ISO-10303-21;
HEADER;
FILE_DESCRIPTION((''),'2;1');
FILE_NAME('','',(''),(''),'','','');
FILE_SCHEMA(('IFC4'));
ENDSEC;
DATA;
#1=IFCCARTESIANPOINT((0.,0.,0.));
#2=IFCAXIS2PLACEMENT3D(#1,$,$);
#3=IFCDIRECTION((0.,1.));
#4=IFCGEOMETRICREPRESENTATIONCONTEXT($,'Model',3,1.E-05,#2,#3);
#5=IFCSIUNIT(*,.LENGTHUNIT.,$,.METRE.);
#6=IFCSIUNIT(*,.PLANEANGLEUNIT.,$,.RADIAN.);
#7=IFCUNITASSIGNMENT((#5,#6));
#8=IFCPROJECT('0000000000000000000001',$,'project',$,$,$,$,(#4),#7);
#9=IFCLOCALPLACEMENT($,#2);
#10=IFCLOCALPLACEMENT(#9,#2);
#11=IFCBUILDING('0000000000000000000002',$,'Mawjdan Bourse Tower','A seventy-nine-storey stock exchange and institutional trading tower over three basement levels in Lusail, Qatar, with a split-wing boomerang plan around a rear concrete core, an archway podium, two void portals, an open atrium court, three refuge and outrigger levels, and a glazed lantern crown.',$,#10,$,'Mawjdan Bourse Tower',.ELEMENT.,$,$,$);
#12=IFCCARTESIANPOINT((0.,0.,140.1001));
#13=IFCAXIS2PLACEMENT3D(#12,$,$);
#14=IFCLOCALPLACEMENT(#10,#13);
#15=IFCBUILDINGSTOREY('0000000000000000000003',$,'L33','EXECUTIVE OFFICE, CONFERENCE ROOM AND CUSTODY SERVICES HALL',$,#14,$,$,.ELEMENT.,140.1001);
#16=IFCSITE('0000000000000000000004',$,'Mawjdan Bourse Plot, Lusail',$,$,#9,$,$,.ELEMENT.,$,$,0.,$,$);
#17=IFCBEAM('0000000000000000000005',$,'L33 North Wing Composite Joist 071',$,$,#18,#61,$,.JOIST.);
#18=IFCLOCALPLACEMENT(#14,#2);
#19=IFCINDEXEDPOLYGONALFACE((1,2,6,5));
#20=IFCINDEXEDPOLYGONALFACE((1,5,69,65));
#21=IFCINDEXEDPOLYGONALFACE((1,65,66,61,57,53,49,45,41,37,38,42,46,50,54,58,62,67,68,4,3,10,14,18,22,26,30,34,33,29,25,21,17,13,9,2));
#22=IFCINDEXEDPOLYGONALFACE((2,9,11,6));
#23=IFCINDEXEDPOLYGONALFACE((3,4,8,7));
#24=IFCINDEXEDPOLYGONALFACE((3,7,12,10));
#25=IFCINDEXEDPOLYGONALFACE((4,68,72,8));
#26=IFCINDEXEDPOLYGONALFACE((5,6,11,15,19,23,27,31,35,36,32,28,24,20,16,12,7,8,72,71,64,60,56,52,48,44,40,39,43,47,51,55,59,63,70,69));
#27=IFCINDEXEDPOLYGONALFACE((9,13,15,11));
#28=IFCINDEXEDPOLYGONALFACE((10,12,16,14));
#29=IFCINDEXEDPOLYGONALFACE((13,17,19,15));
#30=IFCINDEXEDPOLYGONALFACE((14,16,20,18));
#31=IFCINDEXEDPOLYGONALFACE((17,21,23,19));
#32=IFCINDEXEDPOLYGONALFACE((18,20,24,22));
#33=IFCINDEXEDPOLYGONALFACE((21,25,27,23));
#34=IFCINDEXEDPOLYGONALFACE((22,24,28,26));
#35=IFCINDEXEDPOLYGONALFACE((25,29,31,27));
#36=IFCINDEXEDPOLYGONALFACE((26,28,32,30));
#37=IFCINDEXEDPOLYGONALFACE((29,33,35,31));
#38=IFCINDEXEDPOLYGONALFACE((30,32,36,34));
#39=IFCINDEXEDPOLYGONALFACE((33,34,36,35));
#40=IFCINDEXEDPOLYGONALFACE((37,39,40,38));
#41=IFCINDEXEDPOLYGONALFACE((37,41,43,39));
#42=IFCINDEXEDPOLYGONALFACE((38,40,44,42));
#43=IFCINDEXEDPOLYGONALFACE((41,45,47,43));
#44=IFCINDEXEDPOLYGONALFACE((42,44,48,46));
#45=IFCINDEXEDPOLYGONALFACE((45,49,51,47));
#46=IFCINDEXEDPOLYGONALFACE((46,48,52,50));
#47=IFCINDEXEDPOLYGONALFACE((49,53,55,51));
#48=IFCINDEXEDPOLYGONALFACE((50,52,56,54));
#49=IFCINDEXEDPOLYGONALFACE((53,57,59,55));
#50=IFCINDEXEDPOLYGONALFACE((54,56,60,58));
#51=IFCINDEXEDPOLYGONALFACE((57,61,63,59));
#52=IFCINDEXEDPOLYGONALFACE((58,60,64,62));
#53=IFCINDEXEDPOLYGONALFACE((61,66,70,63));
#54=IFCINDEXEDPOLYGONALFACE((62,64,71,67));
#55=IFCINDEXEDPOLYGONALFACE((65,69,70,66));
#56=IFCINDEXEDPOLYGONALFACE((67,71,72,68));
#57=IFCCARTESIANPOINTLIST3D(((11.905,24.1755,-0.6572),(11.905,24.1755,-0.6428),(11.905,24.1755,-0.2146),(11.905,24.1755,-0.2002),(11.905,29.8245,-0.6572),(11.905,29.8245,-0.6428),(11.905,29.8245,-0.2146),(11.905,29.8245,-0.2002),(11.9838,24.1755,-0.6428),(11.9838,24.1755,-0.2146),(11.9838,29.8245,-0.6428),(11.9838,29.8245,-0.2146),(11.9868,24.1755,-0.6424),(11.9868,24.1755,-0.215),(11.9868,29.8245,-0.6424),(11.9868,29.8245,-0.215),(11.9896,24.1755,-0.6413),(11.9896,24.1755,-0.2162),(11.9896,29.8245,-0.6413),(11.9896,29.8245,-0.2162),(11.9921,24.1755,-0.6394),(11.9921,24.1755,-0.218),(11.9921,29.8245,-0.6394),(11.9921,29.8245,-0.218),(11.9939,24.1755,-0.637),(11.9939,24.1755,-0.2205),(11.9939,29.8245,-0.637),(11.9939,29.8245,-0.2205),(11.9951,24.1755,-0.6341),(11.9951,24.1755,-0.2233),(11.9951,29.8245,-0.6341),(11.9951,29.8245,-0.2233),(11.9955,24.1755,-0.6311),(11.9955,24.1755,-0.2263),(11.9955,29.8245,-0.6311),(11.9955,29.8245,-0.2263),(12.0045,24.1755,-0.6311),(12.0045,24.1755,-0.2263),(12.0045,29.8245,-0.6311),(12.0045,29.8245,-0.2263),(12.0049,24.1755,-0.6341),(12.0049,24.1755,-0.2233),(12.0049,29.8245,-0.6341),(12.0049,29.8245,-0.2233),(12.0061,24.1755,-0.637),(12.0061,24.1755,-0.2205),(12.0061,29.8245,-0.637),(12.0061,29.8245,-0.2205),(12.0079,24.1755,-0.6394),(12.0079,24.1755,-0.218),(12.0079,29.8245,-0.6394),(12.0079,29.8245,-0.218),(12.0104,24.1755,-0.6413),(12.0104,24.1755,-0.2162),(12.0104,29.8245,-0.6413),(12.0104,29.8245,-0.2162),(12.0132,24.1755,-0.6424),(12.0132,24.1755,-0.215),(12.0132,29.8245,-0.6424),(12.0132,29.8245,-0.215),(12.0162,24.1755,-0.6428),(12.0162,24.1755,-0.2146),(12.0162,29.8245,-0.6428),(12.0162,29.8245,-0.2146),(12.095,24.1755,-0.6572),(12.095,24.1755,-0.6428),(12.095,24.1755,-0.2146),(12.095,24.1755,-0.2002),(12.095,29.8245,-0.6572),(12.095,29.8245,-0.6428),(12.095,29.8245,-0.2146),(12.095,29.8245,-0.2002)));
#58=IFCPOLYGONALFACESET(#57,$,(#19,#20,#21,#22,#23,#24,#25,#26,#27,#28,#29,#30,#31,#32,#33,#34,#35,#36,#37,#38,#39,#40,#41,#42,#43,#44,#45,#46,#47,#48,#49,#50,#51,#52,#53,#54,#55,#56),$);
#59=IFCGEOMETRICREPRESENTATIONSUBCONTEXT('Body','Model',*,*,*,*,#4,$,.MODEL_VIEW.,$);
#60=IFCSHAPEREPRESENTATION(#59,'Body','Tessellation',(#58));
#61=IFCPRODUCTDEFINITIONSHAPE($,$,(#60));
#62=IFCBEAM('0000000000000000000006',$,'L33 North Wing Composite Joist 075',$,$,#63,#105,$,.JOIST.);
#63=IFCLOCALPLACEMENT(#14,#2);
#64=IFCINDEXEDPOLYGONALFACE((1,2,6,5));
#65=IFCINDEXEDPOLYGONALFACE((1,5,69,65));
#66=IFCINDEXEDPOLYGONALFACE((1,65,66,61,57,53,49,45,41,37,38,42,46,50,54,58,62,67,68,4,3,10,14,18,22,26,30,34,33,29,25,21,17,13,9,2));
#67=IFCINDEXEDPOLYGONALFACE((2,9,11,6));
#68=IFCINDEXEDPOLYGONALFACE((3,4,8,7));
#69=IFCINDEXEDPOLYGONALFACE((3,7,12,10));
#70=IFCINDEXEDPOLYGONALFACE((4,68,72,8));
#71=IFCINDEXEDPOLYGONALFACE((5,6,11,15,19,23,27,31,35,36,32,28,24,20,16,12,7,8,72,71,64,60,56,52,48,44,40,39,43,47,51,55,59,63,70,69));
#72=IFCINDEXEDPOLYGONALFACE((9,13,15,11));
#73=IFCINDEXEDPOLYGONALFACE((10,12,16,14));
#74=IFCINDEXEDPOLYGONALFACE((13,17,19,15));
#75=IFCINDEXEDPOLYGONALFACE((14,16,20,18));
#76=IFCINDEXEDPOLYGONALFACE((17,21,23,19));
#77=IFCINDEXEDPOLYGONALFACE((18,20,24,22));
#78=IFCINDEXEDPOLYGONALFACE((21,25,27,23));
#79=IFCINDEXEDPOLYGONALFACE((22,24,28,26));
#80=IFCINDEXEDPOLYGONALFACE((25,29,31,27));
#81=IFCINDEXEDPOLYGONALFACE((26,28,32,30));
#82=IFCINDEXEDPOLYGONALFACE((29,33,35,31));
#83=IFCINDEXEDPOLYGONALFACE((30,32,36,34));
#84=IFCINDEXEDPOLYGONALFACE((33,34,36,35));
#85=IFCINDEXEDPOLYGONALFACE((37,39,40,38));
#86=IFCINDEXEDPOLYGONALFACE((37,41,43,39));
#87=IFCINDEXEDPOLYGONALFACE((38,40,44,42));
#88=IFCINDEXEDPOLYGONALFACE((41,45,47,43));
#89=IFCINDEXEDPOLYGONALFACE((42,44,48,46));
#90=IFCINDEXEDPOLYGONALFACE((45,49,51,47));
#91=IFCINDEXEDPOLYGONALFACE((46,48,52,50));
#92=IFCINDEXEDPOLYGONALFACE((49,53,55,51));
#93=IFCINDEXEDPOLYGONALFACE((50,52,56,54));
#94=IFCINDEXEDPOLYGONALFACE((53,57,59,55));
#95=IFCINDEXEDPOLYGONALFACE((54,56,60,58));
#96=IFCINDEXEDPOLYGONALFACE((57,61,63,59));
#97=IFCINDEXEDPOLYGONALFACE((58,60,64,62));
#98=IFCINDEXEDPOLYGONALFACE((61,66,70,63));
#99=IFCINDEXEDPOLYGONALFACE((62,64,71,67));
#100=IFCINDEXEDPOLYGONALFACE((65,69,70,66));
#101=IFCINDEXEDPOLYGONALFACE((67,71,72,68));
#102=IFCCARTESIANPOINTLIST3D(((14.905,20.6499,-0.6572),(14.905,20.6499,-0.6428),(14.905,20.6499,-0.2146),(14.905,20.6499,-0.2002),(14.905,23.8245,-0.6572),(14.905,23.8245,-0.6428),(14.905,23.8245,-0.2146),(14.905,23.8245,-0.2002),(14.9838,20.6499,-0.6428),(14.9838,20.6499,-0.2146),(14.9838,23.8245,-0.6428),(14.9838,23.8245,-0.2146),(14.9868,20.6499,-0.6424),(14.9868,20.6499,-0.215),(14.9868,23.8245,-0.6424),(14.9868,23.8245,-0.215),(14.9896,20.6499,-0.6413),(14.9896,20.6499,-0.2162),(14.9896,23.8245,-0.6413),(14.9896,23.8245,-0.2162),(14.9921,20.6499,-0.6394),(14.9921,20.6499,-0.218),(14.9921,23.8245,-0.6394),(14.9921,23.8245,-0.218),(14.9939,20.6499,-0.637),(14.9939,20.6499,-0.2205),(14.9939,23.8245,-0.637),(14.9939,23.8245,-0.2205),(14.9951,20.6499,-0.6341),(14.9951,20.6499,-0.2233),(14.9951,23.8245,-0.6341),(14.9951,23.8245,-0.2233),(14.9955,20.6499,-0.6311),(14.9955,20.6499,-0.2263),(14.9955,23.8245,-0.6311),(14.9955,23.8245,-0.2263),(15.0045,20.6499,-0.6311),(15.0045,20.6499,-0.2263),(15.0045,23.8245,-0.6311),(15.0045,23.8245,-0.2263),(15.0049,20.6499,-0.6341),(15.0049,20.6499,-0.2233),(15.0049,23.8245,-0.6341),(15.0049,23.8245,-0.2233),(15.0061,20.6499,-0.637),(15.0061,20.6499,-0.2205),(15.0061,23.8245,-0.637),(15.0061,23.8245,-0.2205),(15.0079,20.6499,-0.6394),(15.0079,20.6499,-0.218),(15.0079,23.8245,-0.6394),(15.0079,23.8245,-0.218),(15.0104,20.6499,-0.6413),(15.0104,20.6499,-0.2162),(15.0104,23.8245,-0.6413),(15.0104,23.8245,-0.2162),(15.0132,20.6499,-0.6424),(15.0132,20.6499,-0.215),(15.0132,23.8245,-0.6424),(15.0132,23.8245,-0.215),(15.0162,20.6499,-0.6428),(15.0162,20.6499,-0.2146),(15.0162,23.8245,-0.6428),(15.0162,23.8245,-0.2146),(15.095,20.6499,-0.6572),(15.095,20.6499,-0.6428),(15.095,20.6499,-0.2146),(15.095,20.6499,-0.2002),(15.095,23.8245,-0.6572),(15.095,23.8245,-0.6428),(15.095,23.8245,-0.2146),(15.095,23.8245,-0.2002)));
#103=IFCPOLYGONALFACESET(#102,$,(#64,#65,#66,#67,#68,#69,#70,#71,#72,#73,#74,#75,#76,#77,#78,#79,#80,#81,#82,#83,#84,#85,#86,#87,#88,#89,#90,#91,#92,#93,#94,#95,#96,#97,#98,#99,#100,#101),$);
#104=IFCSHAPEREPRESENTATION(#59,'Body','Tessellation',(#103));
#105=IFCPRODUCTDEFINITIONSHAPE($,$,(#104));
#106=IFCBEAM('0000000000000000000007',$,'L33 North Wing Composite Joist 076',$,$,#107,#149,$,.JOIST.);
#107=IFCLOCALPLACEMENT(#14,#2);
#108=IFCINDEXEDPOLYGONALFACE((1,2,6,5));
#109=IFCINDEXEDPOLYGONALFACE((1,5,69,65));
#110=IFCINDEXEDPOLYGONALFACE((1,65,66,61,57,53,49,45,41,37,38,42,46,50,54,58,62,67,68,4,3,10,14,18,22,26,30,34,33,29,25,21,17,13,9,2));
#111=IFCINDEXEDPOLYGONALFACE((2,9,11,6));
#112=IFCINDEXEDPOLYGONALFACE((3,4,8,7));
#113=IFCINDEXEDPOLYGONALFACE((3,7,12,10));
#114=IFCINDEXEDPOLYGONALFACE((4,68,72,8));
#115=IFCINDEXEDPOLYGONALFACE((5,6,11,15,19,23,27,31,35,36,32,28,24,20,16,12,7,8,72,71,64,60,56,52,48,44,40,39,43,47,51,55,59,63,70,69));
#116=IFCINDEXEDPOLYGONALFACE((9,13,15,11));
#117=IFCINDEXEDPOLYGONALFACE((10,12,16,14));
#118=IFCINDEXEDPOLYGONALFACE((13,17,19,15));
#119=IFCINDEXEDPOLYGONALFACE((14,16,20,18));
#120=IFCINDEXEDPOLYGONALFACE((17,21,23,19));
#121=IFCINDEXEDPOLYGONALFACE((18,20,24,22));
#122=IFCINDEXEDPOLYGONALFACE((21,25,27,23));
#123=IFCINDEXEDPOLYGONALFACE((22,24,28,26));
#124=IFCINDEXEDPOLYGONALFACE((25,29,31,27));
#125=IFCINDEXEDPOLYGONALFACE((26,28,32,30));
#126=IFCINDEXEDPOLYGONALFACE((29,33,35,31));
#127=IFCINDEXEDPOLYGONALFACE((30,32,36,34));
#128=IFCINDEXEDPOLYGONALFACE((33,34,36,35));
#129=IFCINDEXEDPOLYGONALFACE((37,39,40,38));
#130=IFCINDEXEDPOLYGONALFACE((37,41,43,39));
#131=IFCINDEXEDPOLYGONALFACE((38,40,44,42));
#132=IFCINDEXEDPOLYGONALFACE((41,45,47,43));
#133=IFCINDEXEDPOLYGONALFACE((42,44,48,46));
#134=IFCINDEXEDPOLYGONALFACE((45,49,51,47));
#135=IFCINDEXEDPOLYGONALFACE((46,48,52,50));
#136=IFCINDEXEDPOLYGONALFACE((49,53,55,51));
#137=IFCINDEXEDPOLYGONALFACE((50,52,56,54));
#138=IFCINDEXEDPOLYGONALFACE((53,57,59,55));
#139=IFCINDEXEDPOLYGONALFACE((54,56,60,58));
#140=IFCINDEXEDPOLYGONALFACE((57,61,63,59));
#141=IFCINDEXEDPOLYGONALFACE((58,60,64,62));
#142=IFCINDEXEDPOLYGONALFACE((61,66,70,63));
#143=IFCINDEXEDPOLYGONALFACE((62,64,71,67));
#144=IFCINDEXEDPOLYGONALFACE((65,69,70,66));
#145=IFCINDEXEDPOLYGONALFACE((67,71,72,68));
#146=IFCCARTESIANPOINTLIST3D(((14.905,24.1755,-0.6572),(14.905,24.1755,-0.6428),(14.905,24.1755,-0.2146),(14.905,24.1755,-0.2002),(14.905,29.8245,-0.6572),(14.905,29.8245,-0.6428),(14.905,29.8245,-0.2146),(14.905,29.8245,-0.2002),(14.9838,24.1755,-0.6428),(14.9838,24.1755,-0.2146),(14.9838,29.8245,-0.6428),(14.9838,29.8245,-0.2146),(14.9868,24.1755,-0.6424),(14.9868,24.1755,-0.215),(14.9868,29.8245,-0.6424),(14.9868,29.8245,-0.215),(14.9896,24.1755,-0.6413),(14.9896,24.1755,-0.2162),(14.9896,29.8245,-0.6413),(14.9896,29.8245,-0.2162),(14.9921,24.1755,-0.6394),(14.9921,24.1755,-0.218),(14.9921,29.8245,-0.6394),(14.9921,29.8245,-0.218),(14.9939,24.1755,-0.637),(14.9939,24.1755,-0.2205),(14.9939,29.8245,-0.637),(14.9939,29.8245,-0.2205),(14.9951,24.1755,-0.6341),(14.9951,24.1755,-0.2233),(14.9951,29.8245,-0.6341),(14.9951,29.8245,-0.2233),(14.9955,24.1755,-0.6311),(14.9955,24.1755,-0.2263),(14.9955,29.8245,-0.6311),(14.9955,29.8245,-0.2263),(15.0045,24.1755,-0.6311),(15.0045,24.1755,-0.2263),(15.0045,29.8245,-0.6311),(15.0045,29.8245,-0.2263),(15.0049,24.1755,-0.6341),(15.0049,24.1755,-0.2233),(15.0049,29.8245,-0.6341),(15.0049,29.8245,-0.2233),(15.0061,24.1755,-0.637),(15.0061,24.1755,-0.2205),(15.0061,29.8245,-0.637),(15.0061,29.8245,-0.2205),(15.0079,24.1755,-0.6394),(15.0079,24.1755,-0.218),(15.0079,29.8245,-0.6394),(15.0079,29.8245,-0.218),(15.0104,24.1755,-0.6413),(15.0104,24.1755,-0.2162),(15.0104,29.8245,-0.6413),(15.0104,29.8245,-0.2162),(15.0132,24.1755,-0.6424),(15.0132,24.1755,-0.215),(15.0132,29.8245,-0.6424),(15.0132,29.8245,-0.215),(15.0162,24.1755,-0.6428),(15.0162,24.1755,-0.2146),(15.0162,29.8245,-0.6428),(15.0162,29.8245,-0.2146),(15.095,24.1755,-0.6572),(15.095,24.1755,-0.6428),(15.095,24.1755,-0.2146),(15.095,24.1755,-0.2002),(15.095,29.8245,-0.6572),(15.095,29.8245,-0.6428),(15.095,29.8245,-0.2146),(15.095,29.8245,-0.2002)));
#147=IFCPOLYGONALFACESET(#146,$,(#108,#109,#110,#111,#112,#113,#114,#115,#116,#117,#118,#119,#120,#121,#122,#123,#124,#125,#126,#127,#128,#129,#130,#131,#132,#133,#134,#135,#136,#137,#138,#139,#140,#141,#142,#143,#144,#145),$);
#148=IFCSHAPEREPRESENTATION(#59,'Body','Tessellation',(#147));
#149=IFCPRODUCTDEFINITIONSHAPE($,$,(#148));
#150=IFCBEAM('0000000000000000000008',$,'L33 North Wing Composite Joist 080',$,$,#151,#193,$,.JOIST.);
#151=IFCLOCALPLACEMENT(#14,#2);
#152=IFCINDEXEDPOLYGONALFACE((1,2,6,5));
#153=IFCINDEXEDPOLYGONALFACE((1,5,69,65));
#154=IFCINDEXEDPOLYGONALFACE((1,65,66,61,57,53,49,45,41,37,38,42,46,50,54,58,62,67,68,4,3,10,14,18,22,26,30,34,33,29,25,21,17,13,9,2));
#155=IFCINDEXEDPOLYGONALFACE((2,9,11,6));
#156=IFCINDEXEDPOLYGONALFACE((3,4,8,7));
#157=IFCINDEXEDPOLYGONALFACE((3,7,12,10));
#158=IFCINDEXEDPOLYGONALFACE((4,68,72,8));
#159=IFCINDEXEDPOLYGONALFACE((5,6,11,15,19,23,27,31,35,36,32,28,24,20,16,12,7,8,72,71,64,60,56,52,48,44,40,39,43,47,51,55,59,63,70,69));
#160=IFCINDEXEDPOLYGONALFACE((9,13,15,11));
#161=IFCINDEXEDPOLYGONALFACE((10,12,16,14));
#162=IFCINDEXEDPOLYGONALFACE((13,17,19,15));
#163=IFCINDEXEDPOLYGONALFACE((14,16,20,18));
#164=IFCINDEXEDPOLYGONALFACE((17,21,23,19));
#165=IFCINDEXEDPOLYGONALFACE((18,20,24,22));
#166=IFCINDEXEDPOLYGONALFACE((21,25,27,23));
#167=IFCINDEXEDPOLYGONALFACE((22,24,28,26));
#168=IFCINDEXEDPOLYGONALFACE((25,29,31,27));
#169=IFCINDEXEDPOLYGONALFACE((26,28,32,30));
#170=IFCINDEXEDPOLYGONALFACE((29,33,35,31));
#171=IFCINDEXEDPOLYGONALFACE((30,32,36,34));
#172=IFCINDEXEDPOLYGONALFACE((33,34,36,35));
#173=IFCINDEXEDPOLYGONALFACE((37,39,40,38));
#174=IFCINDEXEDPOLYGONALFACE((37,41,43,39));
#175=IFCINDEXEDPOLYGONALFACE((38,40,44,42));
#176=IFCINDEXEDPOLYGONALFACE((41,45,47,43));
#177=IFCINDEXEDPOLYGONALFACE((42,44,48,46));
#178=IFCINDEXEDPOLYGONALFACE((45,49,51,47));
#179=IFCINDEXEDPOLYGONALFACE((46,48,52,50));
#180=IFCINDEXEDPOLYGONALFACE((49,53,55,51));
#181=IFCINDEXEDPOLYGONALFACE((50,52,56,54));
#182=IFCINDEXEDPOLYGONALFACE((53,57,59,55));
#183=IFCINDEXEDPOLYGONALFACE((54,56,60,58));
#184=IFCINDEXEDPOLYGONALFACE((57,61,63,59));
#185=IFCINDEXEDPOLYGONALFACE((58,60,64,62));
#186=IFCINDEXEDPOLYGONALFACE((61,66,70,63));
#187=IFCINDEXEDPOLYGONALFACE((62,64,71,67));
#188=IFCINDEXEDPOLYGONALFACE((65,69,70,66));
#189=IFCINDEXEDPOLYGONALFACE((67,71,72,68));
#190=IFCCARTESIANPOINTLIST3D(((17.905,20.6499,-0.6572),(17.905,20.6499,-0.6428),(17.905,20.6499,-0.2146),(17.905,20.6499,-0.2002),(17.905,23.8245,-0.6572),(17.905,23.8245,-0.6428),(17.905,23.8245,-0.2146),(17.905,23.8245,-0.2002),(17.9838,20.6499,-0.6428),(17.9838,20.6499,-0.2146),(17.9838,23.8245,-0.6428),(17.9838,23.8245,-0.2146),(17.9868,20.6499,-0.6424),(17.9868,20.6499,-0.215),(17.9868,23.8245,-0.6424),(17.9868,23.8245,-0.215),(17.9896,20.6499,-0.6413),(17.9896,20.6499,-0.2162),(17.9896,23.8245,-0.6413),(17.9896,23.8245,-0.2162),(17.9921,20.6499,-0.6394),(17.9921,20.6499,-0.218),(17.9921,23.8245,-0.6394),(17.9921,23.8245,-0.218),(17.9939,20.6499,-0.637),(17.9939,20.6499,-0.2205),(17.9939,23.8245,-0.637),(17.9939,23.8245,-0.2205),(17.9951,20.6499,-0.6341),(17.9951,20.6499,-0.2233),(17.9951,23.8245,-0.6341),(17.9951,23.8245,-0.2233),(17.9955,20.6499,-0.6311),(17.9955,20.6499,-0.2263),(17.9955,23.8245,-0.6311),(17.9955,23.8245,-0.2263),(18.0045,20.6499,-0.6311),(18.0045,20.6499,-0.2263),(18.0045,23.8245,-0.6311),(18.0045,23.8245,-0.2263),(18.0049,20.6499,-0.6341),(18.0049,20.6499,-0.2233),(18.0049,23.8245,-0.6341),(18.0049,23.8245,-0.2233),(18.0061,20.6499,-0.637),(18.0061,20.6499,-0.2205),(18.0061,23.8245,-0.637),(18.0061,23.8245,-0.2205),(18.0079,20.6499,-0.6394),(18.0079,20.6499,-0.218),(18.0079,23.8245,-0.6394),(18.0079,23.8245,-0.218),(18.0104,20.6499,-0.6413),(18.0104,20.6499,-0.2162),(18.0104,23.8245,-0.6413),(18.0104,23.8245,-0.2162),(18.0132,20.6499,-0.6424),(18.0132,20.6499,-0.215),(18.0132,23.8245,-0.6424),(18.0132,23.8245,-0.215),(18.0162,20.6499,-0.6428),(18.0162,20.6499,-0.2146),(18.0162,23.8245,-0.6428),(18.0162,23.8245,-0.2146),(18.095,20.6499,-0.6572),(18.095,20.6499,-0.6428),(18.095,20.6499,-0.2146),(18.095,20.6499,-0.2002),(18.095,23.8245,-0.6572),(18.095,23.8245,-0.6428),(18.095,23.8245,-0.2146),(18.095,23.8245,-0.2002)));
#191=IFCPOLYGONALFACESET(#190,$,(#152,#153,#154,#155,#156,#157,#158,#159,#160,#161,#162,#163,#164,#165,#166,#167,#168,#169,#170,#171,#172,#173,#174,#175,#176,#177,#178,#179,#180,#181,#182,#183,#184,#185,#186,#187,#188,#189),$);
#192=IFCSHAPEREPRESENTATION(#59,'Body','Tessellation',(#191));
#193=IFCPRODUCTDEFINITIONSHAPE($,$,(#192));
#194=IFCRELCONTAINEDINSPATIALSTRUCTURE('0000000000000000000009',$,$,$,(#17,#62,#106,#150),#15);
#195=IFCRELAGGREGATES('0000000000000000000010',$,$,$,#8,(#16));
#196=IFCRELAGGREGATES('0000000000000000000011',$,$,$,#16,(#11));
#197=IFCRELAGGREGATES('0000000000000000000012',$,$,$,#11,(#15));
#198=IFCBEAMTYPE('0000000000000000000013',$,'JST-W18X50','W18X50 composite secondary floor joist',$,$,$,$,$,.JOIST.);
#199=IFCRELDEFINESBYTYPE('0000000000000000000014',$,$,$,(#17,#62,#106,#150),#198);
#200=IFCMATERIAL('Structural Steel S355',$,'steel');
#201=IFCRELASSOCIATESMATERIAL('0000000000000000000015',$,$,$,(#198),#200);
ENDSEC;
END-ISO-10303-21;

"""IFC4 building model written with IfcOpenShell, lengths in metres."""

from ifc_helpers import new_model, si_unit, direction, frame, origin, origin_2d, place, context, subcontext, project, spatial, i_section, extrude, material, material_profile, profile_set, type_object, element, save


model = new_model("IFC4")

# Units and contexts
model_context = context("Model", 3, precision=1e-05, world=origin(), true_north=direction((0.0, 1.0)))
body_context = subcontext(model_context, "Body", "Model", "MODEL_VIEW")
ifc_project = project(units=[si_unit("LENGTHUNIT", "METRE"), si_unit("PLANEANGLEUNIT", "RADIAN")], contexts=[model_context])

# Site, building, storey
site_placement = place(None, origin())
site = spatial("IfcSite", under=ifc_project, at=site_placement, Name="Mawjdan Bourse Plot, Lusail", CompositionType="ELEMENT", RefElevation=0.0)
building_placement = place(site_placement, origin())
building = spatial("IfcBuilding", under=site, at=building_placement, Name="Mawjdan Bourse Tower", Description="A seventy-nine-storey stock exchange and institutional trading tower over three basement levels in Lusail, Qatar, with a split-wing boomerang plan around a rear concrete core, an archway podium, two void portals, an open atrium court, three refuge and outrigger levels, and a glazed lantern crown.", LongName="Mawjdan Bourse Tower", CompositionType="ELEMENT")
storey_placement = place(building_placement, frame((0.0, 0.0, 140.1001)))
storey = spatial("IfcBuildingStorey", under=building, at=storey_placement, Name="L33", Description="EXECUTIVE OFFICE, CONFERENCE ROOM AND CUSTODY SERVICES HALL", CompositionType="ELEMENT", Elevation=140.1001)

# Beams
ifc_material_1 = material(Name="Structural Steel S355", Category="steel")
ifc_material_profile_1 = material_profile(ifc_material_1, i_section(OverallWidth=0.1899, OverallDepth=0.457, WebThickness=0.009, FlangeThickness=0.0144, FilletRadius=0.0117, at=origin_2d()), Name="W18X50")
ifc_profile_set_1 = profile_set([ifc_material_profile_1], Name="Structural Steel S355")
beam_type_1 = type_object("IfcBeamType", Name="JST-W18X50", Description="W18X50 composite secondary floor joist", PredefinedType="JOIST", material=ifc_profile_set_1)
beam_1_placement = place(storey_placement, frame((12.0, 24.1755, -0.4287), z_axis=(0.0, 1.0, 0.0), x_axis=(-1.0, 0.0, 0.0)))
element("IfcBeam", 1, at=beam_1_placement, inside=storey, type_object=beam_type_1, Name="L33 North Wing Composite Joist 071", PredefinedType="JOIST", context=body_context, shape_type="SweptSolid", body=[
    extrude(i_section(OverallWidth=0.1899, OverallDepth=0.457, WebThickness=0.009, FlangeThickness=0.0144, FilletRadius=0.0117, at=origin_2d()), origin(), (0.0, 0.0, 1.0), 5.6489),
])
beam_2_placement = place(storey_placement, frame((15.0, 20.6499, -0.4287), z_axis=(0.0, 1.0, 0.0), x_axis=(-1.0, 0.0, 0.0)))
element("IfcBeam", 2, at=beam_2_placement, inside=storey, type_object=beam_type_1, Name="L33 North Wing Composite Joist 075", PredefinedType="JOIST", context=body_context, shape_type="SweptSolid", body=[
    extrude(i_section(OverallWidth=0.1899, OverallDepth=0.457, WebThickness=0.009, FlangeThickness=0.0144, FilletRadius=0.0117, at=origin_2d()), origin(), (0.0, 0.0, 1.0), 3.1746),
])
beam_3_placement = place(storey_placement, frame((15.0, 24.1755, -0.4287), z_axis=(0.0, 1.0, 0.0), x_axis=(-1.0, 0.0, 0.0)))
element("IfcBeam", 3, at=beam_3_placement, inside=storey, type_object=beam_type_1, Name="L33 North Wing Composite Joist 076", PredefinedType="JOIST", context=body_context, shape_type="SweptSolid", body=[
    extrude(i_section(OverallWidth=0.1899, OverallDepth=0.457, WebThickness=0.009, FlangeThickness=0.0144, FilletRadius=0.0117, at=origin_2d()), origin(), (0.0, 0.0, 1.0), 5.6489),
])
beam_4_placement = place(storey_placement, frame((18.0, 20.6499, -0.4287), z_axis=(0.0, 1.0, 0.0), x_axis=(-1.0, 0.0, 0.0)))
element("IfcBeam", 4, at=beam_4_placement, inside=storey, type_object=beam_type_1, Name="L33 North Wing Composite Joist 080", PredefinedType="JOIST", context=body_context, shape_type="SweptSolid", body=[
    extrude(i_section(OverallWidth=0.1899, OverallDepth=0.457, WebThickness=0.009, FlangeThickness=0.0144, FilletRadius=0.0117, at=origin_2d()), origin(), (0.0, 0.0, 1.0), 3.1746),
])

save(model, "model.ifc")
